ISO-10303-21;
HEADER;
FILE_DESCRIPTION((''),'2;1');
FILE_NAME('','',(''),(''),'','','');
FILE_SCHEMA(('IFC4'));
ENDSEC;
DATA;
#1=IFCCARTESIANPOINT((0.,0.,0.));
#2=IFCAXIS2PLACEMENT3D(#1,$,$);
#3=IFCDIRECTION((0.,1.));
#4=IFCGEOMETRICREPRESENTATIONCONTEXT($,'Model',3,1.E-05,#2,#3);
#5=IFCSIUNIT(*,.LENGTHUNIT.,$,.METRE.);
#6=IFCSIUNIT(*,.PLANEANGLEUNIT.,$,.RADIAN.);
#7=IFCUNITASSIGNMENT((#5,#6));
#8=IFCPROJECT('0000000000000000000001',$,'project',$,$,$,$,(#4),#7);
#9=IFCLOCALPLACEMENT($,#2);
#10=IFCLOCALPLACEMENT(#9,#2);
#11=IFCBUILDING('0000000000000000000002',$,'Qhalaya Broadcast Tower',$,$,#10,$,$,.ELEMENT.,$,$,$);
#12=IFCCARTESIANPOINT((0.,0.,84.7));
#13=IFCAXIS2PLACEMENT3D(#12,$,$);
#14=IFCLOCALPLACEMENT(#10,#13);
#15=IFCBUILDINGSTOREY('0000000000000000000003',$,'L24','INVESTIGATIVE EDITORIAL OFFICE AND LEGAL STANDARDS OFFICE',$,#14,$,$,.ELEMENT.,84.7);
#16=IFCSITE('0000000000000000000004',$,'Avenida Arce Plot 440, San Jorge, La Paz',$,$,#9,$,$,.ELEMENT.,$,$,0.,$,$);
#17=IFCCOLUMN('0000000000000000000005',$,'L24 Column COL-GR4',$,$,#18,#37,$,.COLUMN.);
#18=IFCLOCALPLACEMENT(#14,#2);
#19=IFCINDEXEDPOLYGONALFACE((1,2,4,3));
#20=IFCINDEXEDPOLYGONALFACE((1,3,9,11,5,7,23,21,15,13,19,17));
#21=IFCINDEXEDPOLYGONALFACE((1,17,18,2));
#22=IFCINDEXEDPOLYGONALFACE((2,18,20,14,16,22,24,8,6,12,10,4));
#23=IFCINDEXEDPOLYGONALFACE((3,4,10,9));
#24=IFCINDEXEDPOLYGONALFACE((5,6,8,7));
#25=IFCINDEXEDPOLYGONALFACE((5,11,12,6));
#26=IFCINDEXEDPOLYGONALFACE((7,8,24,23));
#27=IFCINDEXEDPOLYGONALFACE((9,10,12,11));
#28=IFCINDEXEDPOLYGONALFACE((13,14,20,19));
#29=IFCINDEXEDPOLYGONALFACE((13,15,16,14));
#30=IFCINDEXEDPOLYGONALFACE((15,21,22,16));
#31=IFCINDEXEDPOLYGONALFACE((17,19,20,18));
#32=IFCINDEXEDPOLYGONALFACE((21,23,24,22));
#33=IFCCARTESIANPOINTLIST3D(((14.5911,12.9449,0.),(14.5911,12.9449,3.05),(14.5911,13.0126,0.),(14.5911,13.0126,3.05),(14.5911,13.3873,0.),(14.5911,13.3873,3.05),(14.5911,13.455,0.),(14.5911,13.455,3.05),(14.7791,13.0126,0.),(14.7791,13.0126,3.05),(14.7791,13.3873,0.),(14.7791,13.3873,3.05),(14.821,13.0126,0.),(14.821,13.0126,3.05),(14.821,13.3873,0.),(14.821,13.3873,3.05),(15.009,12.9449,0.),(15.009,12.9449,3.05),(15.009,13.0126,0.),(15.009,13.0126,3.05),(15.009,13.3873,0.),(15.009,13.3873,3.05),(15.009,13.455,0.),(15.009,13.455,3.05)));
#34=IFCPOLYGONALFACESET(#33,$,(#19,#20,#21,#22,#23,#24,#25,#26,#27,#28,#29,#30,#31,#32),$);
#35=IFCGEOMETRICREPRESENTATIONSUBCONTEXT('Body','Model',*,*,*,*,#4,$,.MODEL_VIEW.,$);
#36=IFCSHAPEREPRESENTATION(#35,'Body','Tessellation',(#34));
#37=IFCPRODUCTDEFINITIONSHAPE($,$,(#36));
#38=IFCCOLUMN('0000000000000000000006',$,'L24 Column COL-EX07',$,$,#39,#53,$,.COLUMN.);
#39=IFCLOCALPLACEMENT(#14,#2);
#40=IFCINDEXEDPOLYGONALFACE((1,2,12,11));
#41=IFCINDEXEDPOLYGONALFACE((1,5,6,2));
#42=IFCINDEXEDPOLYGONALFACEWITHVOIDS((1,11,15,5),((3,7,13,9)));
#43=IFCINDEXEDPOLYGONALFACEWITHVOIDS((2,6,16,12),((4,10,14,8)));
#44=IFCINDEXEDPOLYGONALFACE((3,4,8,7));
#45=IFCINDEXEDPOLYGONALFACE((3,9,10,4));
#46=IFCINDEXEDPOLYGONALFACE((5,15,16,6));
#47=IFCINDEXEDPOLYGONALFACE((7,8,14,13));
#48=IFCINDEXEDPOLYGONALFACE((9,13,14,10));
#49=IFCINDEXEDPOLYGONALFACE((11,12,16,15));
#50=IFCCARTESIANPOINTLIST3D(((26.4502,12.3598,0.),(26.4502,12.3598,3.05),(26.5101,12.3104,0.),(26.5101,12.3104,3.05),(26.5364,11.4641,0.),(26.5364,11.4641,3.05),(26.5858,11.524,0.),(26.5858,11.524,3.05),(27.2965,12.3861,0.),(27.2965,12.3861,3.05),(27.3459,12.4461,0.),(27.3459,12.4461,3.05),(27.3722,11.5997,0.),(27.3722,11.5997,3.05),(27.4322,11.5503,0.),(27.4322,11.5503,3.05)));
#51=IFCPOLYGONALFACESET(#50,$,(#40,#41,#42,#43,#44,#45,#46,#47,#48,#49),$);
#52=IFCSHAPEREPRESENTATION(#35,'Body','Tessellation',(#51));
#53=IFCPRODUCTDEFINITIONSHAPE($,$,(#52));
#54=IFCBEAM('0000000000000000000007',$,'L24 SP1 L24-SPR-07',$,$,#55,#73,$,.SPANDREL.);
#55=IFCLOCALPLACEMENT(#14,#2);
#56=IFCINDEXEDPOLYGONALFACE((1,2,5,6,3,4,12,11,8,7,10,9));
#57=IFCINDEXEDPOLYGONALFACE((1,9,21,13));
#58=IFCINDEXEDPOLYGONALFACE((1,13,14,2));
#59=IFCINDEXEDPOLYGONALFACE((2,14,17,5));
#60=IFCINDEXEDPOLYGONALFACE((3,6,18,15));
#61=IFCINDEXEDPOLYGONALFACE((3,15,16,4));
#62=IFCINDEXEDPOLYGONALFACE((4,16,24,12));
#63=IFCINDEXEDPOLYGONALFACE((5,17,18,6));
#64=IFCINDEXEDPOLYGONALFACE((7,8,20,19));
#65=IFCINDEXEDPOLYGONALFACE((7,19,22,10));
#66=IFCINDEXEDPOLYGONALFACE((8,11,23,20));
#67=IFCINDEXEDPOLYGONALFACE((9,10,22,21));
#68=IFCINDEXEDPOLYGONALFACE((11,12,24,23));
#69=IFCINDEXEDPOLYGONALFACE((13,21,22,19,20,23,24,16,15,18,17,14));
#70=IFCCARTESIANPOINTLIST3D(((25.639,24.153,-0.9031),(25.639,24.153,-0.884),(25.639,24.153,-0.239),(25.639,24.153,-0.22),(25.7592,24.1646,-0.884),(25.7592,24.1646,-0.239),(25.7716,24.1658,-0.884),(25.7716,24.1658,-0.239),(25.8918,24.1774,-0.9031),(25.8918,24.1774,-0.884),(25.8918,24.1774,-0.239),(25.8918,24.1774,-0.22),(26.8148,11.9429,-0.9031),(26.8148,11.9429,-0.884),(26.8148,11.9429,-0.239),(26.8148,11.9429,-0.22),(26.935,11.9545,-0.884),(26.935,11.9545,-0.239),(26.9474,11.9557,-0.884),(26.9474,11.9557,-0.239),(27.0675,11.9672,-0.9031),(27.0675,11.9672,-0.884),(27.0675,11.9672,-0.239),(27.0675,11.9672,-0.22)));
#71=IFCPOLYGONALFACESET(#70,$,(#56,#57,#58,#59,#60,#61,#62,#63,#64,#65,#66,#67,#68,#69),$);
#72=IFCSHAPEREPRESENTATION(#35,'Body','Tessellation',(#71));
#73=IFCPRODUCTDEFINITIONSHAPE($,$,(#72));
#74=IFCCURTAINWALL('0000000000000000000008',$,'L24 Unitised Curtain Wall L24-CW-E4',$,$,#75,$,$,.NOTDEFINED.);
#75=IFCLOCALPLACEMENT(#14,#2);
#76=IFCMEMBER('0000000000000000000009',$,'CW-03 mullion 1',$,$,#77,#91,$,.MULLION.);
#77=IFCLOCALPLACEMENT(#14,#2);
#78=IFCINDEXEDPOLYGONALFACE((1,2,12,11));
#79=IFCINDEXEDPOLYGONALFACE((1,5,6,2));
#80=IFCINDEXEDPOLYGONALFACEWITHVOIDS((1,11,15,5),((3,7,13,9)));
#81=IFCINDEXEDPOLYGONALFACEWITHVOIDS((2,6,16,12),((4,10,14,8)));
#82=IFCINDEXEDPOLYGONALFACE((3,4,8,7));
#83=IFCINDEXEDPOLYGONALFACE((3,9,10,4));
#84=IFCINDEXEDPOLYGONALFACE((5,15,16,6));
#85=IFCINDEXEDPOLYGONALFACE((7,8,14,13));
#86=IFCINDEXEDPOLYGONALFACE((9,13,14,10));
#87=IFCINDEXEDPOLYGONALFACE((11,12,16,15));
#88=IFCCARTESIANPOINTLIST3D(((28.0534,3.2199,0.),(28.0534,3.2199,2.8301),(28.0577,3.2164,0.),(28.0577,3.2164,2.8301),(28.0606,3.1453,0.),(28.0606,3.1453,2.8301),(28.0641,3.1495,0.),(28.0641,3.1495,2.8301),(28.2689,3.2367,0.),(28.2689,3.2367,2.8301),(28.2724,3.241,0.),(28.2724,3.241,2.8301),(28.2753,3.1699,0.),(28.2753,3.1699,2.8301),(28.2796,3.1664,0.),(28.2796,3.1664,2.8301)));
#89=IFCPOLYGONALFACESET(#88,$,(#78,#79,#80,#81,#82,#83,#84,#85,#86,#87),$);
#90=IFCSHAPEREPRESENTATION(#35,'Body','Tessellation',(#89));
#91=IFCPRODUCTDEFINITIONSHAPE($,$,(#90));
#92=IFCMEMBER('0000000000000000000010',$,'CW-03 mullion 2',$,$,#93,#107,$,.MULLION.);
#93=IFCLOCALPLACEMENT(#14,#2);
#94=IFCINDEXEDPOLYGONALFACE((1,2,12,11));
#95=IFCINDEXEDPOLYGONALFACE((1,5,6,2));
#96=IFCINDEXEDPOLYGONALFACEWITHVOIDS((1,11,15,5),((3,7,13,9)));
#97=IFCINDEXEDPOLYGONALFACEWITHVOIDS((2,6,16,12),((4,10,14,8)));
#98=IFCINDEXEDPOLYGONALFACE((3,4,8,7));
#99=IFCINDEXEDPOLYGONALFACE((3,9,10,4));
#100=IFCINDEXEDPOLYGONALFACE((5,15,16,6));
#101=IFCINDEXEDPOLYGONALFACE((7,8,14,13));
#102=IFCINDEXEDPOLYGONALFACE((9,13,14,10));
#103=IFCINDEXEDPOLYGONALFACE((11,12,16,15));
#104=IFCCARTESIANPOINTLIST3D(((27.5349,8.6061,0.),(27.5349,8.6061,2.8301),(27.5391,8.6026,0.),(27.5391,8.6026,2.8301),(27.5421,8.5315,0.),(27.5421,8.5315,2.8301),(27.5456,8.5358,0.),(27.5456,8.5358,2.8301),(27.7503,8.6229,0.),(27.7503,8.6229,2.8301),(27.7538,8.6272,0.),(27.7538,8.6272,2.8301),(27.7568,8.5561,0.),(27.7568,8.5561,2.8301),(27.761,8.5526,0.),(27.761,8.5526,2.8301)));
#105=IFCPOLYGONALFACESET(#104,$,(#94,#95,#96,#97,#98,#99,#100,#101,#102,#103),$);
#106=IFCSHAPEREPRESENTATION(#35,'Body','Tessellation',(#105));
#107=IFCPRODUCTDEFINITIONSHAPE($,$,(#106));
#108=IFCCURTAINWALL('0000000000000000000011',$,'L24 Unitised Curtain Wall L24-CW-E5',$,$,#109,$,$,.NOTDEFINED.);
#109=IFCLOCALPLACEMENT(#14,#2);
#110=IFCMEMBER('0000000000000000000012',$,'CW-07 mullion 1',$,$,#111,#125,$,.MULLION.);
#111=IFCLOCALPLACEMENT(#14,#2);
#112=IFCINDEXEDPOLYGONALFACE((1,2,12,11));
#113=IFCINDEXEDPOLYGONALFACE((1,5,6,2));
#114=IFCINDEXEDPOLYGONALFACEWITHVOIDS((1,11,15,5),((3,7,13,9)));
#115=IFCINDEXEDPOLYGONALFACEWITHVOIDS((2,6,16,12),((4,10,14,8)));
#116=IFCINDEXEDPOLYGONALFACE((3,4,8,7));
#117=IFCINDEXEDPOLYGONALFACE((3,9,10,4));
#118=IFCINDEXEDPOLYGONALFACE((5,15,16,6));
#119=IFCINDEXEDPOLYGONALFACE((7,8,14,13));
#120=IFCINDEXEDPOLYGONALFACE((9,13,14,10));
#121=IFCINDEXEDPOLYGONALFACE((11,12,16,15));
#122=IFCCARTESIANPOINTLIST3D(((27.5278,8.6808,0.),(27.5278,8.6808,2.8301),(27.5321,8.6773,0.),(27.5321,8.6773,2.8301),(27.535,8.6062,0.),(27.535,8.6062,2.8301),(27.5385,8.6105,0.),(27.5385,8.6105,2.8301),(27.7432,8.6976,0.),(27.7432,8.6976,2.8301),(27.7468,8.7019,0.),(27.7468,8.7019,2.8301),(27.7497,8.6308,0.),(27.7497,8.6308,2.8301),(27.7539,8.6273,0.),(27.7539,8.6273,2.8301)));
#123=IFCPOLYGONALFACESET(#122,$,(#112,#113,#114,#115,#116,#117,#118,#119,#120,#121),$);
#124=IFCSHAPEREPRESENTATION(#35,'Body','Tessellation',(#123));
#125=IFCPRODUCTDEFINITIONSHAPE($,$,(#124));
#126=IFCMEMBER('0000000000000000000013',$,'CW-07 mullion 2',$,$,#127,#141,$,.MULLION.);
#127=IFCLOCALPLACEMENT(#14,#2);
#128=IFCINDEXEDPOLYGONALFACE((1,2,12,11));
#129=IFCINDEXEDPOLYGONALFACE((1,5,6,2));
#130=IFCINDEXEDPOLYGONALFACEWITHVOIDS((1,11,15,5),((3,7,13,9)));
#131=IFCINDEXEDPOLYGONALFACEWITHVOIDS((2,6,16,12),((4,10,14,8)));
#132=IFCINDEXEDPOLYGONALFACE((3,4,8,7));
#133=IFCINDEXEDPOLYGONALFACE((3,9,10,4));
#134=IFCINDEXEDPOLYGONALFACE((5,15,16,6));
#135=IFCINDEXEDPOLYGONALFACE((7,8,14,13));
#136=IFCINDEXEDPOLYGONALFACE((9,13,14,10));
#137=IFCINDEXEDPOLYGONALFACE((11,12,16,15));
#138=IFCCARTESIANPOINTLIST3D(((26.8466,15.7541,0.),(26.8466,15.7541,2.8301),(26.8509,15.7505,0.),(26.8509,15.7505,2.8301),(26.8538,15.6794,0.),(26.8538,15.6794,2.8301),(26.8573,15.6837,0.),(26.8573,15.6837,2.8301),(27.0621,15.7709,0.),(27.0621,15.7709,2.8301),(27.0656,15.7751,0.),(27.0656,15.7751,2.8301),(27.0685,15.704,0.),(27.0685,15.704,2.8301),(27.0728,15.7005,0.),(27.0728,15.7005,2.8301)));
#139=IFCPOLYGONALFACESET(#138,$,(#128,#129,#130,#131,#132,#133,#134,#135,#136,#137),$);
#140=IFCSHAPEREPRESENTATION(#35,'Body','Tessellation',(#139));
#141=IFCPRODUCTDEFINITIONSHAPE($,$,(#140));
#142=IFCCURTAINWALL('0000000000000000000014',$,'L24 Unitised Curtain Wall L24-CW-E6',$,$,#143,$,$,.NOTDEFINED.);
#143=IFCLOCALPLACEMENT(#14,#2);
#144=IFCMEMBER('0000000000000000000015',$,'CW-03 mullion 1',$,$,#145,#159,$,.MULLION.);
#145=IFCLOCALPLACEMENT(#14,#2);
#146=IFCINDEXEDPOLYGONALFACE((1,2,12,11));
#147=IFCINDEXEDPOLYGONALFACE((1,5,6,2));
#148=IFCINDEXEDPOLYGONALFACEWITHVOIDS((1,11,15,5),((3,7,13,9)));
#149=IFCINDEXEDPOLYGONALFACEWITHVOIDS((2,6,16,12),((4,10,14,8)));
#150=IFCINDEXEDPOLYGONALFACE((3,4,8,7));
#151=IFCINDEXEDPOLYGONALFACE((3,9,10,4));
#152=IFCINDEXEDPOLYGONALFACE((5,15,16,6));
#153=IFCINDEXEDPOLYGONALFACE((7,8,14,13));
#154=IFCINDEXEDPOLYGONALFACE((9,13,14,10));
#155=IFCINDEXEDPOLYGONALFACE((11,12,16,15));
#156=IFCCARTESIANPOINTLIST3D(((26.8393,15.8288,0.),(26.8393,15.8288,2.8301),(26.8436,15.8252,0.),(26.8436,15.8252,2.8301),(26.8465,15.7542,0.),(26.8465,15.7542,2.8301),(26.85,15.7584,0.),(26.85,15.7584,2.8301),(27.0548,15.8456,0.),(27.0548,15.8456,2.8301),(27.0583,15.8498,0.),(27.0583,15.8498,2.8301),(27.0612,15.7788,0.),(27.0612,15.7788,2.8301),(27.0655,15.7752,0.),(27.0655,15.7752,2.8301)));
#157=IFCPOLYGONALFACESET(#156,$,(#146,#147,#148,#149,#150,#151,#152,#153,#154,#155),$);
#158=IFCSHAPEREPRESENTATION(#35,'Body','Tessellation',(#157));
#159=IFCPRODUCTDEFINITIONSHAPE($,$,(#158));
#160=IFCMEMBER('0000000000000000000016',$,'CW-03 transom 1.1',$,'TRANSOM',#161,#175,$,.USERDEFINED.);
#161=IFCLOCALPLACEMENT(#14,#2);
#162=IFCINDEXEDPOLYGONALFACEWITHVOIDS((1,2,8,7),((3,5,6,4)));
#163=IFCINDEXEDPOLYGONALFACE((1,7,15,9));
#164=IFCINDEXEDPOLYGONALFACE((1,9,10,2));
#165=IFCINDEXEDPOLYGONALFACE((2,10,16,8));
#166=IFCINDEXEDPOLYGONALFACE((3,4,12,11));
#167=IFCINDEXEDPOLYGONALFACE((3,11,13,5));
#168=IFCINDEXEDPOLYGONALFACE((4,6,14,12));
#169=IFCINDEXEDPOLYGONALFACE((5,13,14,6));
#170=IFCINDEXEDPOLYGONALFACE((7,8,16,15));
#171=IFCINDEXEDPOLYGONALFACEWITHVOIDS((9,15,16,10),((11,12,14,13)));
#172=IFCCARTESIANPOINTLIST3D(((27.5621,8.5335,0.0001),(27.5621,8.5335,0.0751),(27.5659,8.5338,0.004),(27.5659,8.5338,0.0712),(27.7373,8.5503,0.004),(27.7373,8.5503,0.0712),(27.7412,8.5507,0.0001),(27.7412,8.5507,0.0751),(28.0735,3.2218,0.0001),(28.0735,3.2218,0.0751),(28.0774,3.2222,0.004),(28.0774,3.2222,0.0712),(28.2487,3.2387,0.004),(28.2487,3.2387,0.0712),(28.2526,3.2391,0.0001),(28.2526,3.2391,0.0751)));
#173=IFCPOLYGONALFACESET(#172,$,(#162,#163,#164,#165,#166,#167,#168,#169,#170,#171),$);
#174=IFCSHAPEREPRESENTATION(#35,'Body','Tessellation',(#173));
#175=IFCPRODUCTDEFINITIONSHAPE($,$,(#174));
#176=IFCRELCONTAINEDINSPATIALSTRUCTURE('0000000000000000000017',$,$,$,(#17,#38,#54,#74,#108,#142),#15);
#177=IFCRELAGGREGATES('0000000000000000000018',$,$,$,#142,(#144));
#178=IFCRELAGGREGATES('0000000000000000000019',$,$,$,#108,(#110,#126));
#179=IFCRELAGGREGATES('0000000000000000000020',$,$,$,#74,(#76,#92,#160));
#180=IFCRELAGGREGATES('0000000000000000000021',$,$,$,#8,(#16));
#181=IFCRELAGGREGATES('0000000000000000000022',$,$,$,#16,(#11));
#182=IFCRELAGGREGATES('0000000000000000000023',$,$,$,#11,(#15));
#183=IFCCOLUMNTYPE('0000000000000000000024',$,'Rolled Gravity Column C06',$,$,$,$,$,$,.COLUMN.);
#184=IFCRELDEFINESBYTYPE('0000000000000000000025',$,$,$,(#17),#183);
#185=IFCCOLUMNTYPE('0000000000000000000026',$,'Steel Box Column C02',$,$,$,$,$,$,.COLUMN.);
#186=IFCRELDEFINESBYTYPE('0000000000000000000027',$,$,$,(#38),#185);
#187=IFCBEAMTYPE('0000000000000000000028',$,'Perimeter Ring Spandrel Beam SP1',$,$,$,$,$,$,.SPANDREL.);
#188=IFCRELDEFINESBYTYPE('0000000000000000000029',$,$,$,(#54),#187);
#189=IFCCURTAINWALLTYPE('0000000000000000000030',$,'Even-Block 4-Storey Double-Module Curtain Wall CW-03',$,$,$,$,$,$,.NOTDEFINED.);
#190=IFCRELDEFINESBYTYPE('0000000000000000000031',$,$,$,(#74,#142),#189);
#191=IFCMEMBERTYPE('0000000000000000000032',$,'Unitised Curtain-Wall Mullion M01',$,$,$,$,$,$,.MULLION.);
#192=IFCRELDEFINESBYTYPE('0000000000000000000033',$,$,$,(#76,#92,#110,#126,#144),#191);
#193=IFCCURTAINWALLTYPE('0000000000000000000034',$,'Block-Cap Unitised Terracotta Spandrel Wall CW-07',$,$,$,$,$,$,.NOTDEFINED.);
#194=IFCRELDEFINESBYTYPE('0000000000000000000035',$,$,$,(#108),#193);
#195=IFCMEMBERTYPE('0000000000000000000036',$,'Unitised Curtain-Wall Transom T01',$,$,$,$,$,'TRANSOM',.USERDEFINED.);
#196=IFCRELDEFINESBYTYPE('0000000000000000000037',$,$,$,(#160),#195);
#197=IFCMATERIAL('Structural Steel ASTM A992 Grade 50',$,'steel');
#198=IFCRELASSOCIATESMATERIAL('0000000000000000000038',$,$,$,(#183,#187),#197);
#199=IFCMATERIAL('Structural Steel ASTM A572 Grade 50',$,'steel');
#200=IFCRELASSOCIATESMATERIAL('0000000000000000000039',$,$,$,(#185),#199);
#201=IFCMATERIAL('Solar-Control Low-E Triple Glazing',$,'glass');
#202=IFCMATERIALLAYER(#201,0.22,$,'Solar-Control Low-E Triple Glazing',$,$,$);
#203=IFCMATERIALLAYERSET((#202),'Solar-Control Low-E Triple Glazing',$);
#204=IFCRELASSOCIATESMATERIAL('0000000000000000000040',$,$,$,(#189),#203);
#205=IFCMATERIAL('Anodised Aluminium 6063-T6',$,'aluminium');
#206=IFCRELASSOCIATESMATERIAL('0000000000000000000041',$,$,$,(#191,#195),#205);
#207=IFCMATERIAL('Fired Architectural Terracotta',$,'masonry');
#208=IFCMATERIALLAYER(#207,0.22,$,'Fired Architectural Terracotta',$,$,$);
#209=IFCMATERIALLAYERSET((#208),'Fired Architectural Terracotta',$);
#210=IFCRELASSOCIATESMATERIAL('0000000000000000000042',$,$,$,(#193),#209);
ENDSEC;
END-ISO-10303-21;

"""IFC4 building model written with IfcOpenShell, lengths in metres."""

from ifc_helpers import new_model, si_unit, direction, frame, origin, origin_2d, place, context, subcontext, project, spatial, hollow_rectangle, i_section, extrude, material, layer, layer_set, material_profile, profile_set, type_object, element, aggregate, save


model = new_model("IFC4")

# Units and contexts
model_context = context("Model", 3, precision=1e-05, world=origin(), true_north=direction((0.0, 1.0)))
body_context = subcontext(model_context, "Body", "Model", "MODEL_VIEW")
ifc_project = project(units=[si_unit("LENGTHUNIT", "METRE"), si_unit("PLANEANGLEUNIT", "RADIAN")], contexts=[model_context])

# Site, building, storey
site_placement = place(None, origin())
site = spatial("IfcSite", under=ifc_project, at=site_placement, Name="Avenida Arce Plot 440, San Jorge, La Paz", CompositionType="ELEMENT", RefElevation=0.0)
building_placement = place(site_placement, origin())
building = spatial("IfcBuilding", under=site, at=building_placement, Name="Qhalaya Broadcast Tower", CompositionType="ELEMENT")
storey_placement = place(building_placement, frame((0.0, 0.0, 84.7)))
storey = spatial("IfcBuildingStorey", under=building, at=storey_placement, Name="L24", Description="INVESTIGATIVE EDITORIAL OFFICE AND LEGAL STANDARDS OFFICE", CompositionType="ELEMENT", Elevation=84.7)

# Columns
ifc_material_1 = material(Name="Structural Steel ASTM A992 Grade 50", Category="steel")
ifc_material_profile_1 = material_profile(ifc_material_1, i_section(OverallWidth=0.418, OverallDepth=0.51, WebThickness=0.042, FlangeThickness=0.0676, at=origin_2d()), Name="W14X370")
ifc_profile_set_1 = profile_set([ifc_material_profile_1], Name="Structural Steel ASTM A992 Grade 50")
column_type_1 = type_object("IfcColumnType", Name="Rolled Gravity Column C06", PredefinedType="COLUMN", material=ifc_profile_set_1)
column_1_placement = place(storey_placement, frame((14.8, 13.2, 0.0), z_axis=(0.0, 0.0, 1.0), x_axis=(1.0, 0.0, 0.0)))
element("IfcColumn", 1, at=column_1_placement, inside=storey, type_object=column_type_1, Name="L24 Column COL-GR4", PredefinedType="COLUMN", context=body_context, shape_type="SweptSolid", body=[
    extrude(i_section(OverallWidth=0.418, OverallDepth=0.51, WebThickness=0.042, FlangeThickness=0.0676, at=origin_2d()), origin(), (0.0, 0.0, 1.0), 3.05),
])
ifc_material_2 = material(Name="Structural Steel ASTM A572 Grade 50", Category="steel")
ifc_material_profile_2 = material_profile(ifc_material_2, hollow_rectangle(XDim=0.8999, YDim=0.8999, WallThickness=0.0549, at=origin_2d()), Name="BOX 900x900x55")
ifc_profile_set_2 = profile_set([ifc_material_profile_2], Name="Structural Steel ASTM A572 Grade 50")
column_type_2 = type_object("IfcColumnType", Name="Steel Box Column C02", PredefinedType="COLUMN", material=ifc_profile_set_2)
column_2_placement = place(storey_placement, frame((26.9412, 11.9551, 0.0), z_axis=(0.0, 0.0, 1.0), x_axis=(-0.095846, 0.995396, 0.0)))
element("IfcColumn", 2, at=column_2_placement, inside=storey, type_object=column_type_2, Name="L24 Column COL-EX07", PredefinedType="COLUMN", context=body_context, shape_type="SweptSolid", body=[
    extrude(hollow_rectangle(XDim=0.8999, YDim=0.8999, WallThickness=0.0549, at=origin_2d()), origin(), (0.0, 0.0, 1.0), 3.05),
])

# Beam
ifc_material_profile_3 = material_profile(ifc_material_1, i_section(OverallWidth=0.2539, OverallDepth=0.6831, WebThickness=0.0125, FlangeThickness=0.019, at=origin_2d()), Name="W27X94")
ifc_profile_set_3 = profile_set([ifc_material_profile_3], Name="Structural Steel ASTM A992 Grade 50")
beam_type = type_object("IfcBeamType", Name="Perimeter Ring Spandrel Beam SP1", PredefinedType="SPANDREL", material=ifc_profile_set_3)
beam_placement = place(storey_placement, frame((26.9412, 11.9551, -0.5615), z_axis=(-0.095852, 0.995396, 0.0), x_axis=(-0.995396, -0.095852, 0.0)))
element("IfcBeam", 3, at=beam_placement, inside=storey, type_object=beam_type, Name="L24 SP1 L24-SPR-07", PredefinedType="SPANDREL", context=body_context, shape_type="SweptSolid", body=[
    extrude(i_section(OverallWidth=0.2539, OverallDepth=0.6831, WebThickness=0.0125, FlangeThickness=0.019, at=origin_2d()), origin(), (0.0, 0.0, 1.0), 12.2666),
])

# Curtain walls, members
ifc_material_3 = material(Name="Solar-Control Low-E Triple Glazing", Category="glass")
ifc_layer_1 = layer(ifc_material_3, 0.22, Name="Solar-Control Low-E Triple Glazing")
ifc_layer_set_1 = layer_set([ifc_layer_1], Name="Solar-Control Low-E Triple Glazing")
curtain_wall_type_1 = type_object("IfcCurtainWallType", Name="Even-Block 4-Storey Double-Module Curtain Wall CW-03", PredefinedType="NOTDEFINED", material=ifc_layer_set_1)
curtain_wall_1_placement = place(storey_placement, origin())
curtain_wall_1 = element("IfcCurtainWall", 4, at=curtain_wall_1_placement, inside=storey, type_object=curtain_wall_type_1, Name="L24 Unitised Curtain Wall L24-CW-E4", PredefinedType="NOTDEFINED")
ifc_material_4 = material(Name="Anodised Aluminium 6063-T6", Category="aluminium")
ifc_material_profile_4 = material_profile(ifc_material_4, hollow_rectangle(XDim=0.075, YDim=0.22, WallThickness=0.0039, at=origin_2d()), Name="ALU-MUL 75x220x4")
ifc_profile_set_4 = profile_set([ifc_material_profile_4], Name="Anodised Aluminium 6063-T6")
member_type_1 = type_object("IfcMemberType", Name="Unitised Curtain-Wall Mullion M01", PredefinedType="MULLION", material=ifc_profile_set_4)
member_1_placement = place(storey_placement, frame((28.1665, 3.1931, 0.0), z_axis=(0.0, 0.0, 1.0), x_axis=(-0.095843, 0.995396, 0.0)))
member_1 = element("IfcMember", 5, at=member_1_placement, type_object=member_type_1, Name="CW-03 mullion 1", PredefinedType="MULLION", context=body_context, shape_type="SweptSolid", body=[
    extrude(hollow_rectangle(XDim=0.075, YDim=0.22, WallThickness=0.0039, at=origin_2d()), origin(), (0.0, 0.0, 1.0), 2.8301),
])
member_2_placement = place(storey_placement, frame((27.6479, 8.5793, 0.0), z_axis=(0.0, 0.0, 1.0), x_axis=(-0.095843, 0.995396, 0.0)))
member_2 = element("IfcMember", 6, at=member_2_placement, type_object=member_type_1, Name="CW-03 mullion 2", PredefinedType="MULLION", context=body_context, shape_type="SweptSolid", body=[
    extrude(hollow_rectangle(XDim=0.075, YDim=0.22, WallThickness=0.0039, at=origin_2d()), origin(), (0.0, 0.0, 1.0), 2.8301),
])
ifc_material_5 = material(Name="Fired Architectural Terracotta", Category="masonry")
ifc_layer_2 = layer(ifc_material_5, 0.22, Name="Fired Architectural Terracotta")
ifc_layer_set_2 = layer_set([ifc_layer_2], Name="Fired Architectural Terracotta")
curtain_wall_type_2 = type_object("IfcCurtainWallType", Name="Block-Cap Unitised Terracotta Spandrel Wall CW-07", PredefinedType="NOTDEFINED", material=ifc_layer_set_2)
curtain_wall_2_placement = place(storey_placement, origin())
curtain_wall_2 = element("IfcCurtainWall", 7, at=curtain_wall_2_placement, inside=storey, type_object=curtain_wall_type_2, Name="L24 Unitised Curtain Wall L24-CW-E5", PredefinedType="NOTDEFINED")
member_3_placement = place(storey_placement, frame((27.6409, 8.6541, 0.0), z_axis=(0.0, 0.0, 1.0), x_axis=(-0.095851, 0.995396, 0.0)))
member_3 = element("IfcMember", 8, at=member_3_placement, type_object=member_type_1, Name="CW-07 mullion 1", PredefinedType="MULLION", context=body_context, shape_type="SweptSolid", body=[
    extrude(hollow_rectangle(XDim=0.075, YDim=0.22, WallThickness=0.0039, at=origin_2d()), origin(), (0.0, 0.0, 1.0), 2.8301),
])
member_4_placement = place(storey_placement, frame((26.9597, 15.7273, 0.0), z_axis=(0.0, 0.0, 1.0), x_axis=(-0.095851, 0.995396, 0.0)))
member_4 = element("IfcMember", 9, at=member_4_placement, type_object=member_type_1, Name="CW-07 mullion 2", PredefinedType="MULLION", context=body_context, shape_type="SweptSolid", body=[
    extrude(hollow_rectangle(XDim=0.075, YDim=0.22, WallThickness=0.0039, at=origin_2d()), origin(), (0.0, 0.0, 1.0), 2.8301),
])

# Curtain wall, member
curtain_wall_3_placement = place(storey_placement, origin())
curtain_wall_3 = element("IfcCurtainWall", 10, at=curtain_wall_3_placement, inside=storey, type_object=curtain_wall_type_1, Name="L24 Unitised Curtain Wall L24-CW-E6", PredefinedType="NOTDEFINED")
member_5_placement = place(storey_placement, frame((26.9524, 15.802, 0.0), z_axis=(0.0, 0.0, 1.0), x_axis=(-0.095845, 0.995396, 0.0)))
member_5 = element("IfcMember", 11, at=member_5_placement, type_object=member_type_1, Name="CW-03 mullion 1", PredefinedType="MULLION", context=body_context, shape_type="SweptSolid", body=[
    extrude(hollow_rectangle(XDim=0.075, YDim=0.22, WallThickness=0.0039, at=origin_2d()), origin(), (0.0, 0.0, 1.0), 2.8301),
])

# Member
ifc_material_profile_5 = material_profile(ifc_material_4, hollow_rectangle(XDim=0.075, YDim=0.1799, WallThickness=0.0039, at=origin_2d()), Name="ALU-TRN 75x180x4")
ifc_profile_set_5 = profile_set([ifc_material_profile_5], Name="Anodised Aluminium 6063-T6")
member_type_2 = type_object("IfcMemberType", Name="Unitised Curtain-Wall Transom T01", ElementType="TRANSOM", PredefinedType="USERDEFINED", material=ifc_profile_set_5)
member_6_placement = place(storey_placement, frame((28.1631, 3.2305, 0.0376), z_axis=(-0.095852, 0.995396, 0.0), x_axis=(0.0, 0.0, 1.0)))
member_6 = element("IfcMember", 12, at=member_6_placement, type_object=member_type_2, Name="CW-03 transom 1.1", ObjectType="TRANSOM", PredefinedType="USERDEFINED", context=body_context, shape_type="SweptSolid", body=[
    extrude(hollow_rectangle(XDim=0.075, YDim=0.1799, WallThickness=0.0039, at=origin_2d()), origin(), (0.0, 0.0, 1.0), 5.3362),
])
aggregate(curtain_wall_3, [member_5])

aggregate(curtain_wall_2, [member_3, member_4])
aggregate(curtain_wall_1, [member_1, member_2, member_6])

save(model, "model.ifc")
